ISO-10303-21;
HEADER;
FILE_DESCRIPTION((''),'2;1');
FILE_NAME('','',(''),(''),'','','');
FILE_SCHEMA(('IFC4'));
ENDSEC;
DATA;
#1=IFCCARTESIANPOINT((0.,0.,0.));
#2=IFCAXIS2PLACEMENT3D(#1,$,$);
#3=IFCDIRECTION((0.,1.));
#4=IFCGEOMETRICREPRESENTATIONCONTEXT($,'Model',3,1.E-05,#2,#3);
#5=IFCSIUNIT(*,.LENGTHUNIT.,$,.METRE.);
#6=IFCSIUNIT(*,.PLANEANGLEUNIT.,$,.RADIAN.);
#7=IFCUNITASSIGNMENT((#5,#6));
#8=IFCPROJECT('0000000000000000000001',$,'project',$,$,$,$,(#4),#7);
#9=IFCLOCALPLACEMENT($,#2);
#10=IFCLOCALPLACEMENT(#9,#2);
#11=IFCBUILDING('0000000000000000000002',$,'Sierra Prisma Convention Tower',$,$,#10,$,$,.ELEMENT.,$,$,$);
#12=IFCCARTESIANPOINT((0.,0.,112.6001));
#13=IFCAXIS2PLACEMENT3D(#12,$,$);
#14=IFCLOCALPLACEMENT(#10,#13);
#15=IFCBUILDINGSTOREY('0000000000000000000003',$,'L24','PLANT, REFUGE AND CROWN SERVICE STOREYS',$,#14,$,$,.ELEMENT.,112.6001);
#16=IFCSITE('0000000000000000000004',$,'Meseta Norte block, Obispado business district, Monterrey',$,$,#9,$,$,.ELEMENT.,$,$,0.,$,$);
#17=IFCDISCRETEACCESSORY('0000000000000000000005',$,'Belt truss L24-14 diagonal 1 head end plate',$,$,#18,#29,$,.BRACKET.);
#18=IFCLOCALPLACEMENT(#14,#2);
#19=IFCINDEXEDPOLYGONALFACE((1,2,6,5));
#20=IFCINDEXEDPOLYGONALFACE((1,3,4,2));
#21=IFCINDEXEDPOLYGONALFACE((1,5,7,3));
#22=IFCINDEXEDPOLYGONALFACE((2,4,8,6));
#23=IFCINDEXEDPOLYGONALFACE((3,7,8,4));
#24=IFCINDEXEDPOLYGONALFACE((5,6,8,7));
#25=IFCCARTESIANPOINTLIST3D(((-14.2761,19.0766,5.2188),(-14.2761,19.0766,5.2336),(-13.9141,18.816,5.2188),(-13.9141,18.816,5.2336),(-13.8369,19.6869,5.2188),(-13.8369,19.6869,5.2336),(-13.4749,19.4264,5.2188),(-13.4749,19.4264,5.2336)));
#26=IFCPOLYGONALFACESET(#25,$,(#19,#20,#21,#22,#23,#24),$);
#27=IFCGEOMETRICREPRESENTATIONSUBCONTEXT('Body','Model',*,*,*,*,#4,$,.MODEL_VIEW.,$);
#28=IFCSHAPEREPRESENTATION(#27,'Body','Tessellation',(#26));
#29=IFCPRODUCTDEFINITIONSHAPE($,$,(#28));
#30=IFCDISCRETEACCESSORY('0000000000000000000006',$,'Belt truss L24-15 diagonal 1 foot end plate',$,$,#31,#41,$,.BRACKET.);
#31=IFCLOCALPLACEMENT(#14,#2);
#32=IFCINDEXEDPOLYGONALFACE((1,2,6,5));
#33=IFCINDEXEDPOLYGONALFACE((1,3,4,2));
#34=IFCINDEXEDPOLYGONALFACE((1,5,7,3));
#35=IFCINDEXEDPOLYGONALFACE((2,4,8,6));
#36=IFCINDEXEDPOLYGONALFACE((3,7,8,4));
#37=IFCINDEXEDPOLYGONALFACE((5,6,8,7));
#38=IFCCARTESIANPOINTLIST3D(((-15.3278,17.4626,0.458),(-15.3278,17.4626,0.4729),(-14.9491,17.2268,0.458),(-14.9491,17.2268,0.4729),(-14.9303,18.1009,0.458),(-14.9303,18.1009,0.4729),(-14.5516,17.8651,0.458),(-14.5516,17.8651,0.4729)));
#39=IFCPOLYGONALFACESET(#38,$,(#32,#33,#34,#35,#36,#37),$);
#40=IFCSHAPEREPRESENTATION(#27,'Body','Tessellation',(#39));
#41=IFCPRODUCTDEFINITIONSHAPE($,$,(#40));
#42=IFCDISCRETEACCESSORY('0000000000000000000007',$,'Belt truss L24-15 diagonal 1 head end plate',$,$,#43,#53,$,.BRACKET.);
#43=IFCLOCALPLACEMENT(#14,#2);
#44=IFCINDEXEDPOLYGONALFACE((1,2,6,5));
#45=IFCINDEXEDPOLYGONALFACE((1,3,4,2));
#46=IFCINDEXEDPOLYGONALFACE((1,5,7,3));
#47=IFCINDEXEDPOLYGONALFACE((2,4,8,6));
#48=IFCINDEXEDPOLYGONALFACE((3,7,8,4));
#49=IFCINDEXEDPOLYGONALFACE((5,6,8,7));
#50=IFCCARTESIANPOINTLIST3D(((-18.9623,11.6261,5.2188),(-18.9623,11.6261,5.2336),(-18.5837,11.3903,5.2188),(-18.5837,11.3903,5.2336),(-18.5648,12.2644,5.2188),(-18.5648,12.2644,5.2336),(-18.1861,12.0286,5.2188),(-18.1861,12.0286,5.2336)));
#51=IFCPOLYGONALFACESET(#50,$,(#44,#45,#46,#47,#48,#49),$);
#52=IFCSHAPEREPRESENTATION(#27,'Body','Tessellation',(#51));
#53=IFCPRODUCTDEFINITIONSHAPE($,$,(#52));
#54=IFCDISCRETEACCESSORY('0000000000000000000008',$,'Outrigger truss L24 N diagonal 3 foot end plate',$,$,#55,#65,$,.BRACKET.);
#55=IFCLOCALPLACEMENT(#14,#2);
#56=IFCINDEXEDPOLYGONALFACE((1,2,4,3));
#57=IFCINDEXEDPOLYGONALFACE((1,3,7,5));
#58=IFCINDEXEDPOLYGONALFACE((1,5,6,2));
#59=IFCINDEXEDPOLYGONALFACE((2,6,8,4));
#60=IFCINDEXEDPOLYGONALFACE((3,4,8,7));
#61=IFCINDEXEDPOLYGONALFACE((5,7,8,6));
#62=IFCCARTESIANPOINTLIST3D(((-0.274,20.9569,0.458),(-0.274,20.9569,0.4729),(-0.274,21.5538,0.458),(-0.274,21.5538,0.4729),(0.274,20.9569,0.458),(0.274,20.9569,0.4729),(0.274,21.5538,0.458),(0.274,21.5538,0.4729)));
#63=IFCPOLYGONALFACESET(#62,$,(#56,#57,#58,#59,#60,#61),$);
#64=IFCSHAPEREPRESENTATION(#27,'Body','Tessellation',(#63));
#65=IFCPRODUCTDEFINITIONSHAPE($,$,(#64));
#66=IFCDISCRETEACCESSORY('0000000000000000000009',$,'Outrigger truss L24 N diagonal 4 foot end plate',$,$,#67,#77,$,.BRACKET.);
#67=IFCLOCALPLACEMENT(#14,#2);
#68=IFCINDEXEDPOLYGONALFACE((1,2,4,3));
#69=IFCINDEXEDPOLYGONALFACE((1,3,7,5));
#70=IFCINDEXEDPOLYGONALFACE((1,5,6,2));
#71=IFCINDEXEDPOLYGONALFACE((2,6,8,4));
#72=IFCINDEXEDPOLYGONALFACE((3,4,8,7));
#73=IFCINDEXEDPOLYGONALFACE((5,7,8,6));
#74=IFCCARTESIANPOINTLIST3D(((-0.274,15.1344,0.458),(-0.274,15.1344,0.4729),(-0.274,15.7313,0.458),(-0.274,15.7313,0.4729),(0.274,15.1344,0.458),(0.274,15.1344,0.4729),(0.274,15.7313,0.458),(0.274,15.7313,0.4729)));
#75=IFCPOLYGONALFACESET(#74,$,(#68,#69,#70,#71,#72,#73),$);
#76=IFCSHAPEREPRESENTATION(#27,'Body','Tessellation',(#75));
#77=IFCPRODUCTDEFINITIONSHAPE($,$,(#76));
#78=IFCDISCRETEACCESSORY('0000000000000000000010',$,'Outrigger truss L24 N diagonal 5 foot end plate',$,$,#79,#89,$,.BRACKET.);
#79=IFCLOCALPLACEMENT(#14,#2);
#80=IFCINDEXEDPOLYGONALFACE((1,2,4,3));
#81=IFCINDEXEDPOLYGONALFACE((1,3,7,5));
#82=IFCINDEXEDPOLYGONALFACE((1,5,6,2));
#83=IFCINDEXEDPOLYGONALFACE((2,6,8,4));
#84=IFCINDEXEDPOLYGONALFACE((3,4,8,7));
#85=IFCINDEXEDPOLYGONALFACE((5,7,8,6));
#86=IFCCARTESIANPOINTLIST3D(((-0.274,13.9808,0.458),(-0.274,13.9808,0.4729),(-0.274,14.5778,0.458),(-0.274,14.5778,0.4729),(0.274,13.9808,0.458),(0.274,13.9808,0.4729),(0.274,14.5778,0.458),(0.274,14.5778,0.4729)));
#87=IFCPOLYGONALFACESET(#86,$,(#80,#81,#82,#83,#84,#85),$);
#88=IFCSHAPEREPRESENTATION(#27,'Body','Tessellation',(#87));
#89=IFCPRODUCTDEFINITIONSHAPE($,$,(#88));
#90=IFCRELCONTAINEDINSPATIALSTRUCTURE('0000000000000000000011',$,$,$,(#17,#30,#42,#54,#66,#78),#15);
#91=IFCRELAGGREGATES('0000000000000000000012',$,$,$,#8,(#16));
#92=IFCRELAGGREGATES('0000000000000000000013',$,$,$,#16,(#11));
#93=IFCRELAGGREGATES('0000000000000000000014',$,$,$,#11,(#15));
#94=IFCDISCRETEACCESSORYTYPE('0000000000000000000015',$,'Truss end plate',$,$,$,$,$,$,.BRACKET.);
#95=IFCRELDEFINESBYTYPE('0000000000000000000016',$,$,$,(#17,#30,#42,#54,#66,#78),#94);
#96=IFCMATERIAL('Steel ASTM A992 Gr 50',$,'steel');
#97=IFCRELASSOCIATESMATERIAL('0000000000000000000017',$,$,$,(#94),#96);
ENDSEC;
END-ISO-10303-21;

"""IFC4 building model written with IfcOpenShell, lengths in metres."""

from ifc_helpers import new_model, si_unit, direction, frame, origin, origin_2d, place, context, subcontext, project, spatial, rectangle, extrude, material, type_object, element, save


model = new_model("IFC4")

# Units and contexts
model_context = context("Model", 3, precision=1e-05, world=origin(), true_north=direction((0.0, 1.0)))
body_context = subcontext(model_context, "Body", "Model", "MODEL_VIEW")
ifc_project = project(units=[si_unit("LENGTHUNIT", "METRE"), si_unit("PLANEANGLEUNIT", "RADIAN")], contexts=[model_context])

# Site, building, storey
site_placement = place(None, origin())
site = spatial("IfcSite", under=ifc_project, at=site_placement, Name="Meseta Norte block, Obispado business district, Monterrey", CompositionType="ELEMENT", RefElevation=0.0)
building_placement = place(site_placement, origin())
building = spatial("IfcBuilding", under=site, at=building_placement, Name="Sierra Prisma Convention Tower", CompositionType="ELEMENT")
storey_placement = place(building_placement, frame((0.0, 0.0, 112.6001)))
storey = spatial("IfcBuildingStorey", under=building, at=storey_placement, Name="L24", Description="PLANT, REFUGE AND CROWN SERVICE STOREYS", CompositionType="ELEMENT", Elevation=112.6001)

# Discrete accessories
ifc_material_1 = material(Name="Steel ASTM A992 Gr 50", Category="steel")
discrete_accessory_type = type_object("IfcDiscreteAccessoryType", Name="Truss end plate", PredefinedType="BRACKET", material=ifc_material_1)
for number, where, z_axis, x_axis, name in (
    (1, (-13.8755, 19.2515, 5.2188), (0.0, 0.0, 1.0), (-0.584124, -0.811665, 0.0), "Belt truss L24-14 diagonal 1 head end plate"),
    (2, (-14.9397, 17.6638, 0.458), (0.0, 0.0, 1.0), (-0.528644, -0.848843, 0.0), "Belt truss L24-15 diagonal 1 foot end plate"),
    (3, (-18.5742, 11.8274, 5.2188), (0.0, 0.0, 1.0), (-0.528644, -0.848843, 0.0), "Belt truss L24-15 diagonal 1 head end plate"),
):
    element("IfcDiscreteAccessory", number, at=place(storey_placement, frame(where, z_axis=z_axis, x_axis=x_axis)), inside=storey, type_object=discrete_accessory_type, Name=name, PredefinedType="BRACKET", context=body_context, shape_type="SweptSolid", body=[
        extrude(rectangle(XDim=0.752, YDim=0.446, at=origin_2d()), origin(), (0.0, 0.0, 1.0), 0.0149),
    ])
for number, where, z_axis, x_axis, name in (
    (4, (0.0, 21.2554, 0.458), (0.0, 0.0, 1.0), (0.0, -1.0, 0.0), "Outrigger truss L24 N diagonal 3 foot end plate"),
    (5, (0.0, 15.4329, 0.458), (0.0, 0.0, 1.0), (0.0, -1.0, 0.0), "Outrigger truss L24 N diagonal 4 foot end plate"),
    (6, (0.0, 14.2793, 0.458), (0.0, 0.0, 1.0), (0.0, -1.0, 0.0), "Outrigger truss L24 N diagonal 5 foot end plate"),
):
    element("IfcDiscreteAccessory", number, at=place(storey_placement, frame(where, z_axis=z_axis, x_axis=x_axis)), inside=storey, type_object=discrete_accessory_type, Name=name, PredefinedType="BRACKET", context=body_context, shape_type="SweptSolid", body=[
        extrude(rectangle(XDim=0.5969, YDim=0.5481, at=origin_2d()), origin(), (0.0, 0.0, 1.0), 0.0149),
    ])

save(model, "model.ifc")
